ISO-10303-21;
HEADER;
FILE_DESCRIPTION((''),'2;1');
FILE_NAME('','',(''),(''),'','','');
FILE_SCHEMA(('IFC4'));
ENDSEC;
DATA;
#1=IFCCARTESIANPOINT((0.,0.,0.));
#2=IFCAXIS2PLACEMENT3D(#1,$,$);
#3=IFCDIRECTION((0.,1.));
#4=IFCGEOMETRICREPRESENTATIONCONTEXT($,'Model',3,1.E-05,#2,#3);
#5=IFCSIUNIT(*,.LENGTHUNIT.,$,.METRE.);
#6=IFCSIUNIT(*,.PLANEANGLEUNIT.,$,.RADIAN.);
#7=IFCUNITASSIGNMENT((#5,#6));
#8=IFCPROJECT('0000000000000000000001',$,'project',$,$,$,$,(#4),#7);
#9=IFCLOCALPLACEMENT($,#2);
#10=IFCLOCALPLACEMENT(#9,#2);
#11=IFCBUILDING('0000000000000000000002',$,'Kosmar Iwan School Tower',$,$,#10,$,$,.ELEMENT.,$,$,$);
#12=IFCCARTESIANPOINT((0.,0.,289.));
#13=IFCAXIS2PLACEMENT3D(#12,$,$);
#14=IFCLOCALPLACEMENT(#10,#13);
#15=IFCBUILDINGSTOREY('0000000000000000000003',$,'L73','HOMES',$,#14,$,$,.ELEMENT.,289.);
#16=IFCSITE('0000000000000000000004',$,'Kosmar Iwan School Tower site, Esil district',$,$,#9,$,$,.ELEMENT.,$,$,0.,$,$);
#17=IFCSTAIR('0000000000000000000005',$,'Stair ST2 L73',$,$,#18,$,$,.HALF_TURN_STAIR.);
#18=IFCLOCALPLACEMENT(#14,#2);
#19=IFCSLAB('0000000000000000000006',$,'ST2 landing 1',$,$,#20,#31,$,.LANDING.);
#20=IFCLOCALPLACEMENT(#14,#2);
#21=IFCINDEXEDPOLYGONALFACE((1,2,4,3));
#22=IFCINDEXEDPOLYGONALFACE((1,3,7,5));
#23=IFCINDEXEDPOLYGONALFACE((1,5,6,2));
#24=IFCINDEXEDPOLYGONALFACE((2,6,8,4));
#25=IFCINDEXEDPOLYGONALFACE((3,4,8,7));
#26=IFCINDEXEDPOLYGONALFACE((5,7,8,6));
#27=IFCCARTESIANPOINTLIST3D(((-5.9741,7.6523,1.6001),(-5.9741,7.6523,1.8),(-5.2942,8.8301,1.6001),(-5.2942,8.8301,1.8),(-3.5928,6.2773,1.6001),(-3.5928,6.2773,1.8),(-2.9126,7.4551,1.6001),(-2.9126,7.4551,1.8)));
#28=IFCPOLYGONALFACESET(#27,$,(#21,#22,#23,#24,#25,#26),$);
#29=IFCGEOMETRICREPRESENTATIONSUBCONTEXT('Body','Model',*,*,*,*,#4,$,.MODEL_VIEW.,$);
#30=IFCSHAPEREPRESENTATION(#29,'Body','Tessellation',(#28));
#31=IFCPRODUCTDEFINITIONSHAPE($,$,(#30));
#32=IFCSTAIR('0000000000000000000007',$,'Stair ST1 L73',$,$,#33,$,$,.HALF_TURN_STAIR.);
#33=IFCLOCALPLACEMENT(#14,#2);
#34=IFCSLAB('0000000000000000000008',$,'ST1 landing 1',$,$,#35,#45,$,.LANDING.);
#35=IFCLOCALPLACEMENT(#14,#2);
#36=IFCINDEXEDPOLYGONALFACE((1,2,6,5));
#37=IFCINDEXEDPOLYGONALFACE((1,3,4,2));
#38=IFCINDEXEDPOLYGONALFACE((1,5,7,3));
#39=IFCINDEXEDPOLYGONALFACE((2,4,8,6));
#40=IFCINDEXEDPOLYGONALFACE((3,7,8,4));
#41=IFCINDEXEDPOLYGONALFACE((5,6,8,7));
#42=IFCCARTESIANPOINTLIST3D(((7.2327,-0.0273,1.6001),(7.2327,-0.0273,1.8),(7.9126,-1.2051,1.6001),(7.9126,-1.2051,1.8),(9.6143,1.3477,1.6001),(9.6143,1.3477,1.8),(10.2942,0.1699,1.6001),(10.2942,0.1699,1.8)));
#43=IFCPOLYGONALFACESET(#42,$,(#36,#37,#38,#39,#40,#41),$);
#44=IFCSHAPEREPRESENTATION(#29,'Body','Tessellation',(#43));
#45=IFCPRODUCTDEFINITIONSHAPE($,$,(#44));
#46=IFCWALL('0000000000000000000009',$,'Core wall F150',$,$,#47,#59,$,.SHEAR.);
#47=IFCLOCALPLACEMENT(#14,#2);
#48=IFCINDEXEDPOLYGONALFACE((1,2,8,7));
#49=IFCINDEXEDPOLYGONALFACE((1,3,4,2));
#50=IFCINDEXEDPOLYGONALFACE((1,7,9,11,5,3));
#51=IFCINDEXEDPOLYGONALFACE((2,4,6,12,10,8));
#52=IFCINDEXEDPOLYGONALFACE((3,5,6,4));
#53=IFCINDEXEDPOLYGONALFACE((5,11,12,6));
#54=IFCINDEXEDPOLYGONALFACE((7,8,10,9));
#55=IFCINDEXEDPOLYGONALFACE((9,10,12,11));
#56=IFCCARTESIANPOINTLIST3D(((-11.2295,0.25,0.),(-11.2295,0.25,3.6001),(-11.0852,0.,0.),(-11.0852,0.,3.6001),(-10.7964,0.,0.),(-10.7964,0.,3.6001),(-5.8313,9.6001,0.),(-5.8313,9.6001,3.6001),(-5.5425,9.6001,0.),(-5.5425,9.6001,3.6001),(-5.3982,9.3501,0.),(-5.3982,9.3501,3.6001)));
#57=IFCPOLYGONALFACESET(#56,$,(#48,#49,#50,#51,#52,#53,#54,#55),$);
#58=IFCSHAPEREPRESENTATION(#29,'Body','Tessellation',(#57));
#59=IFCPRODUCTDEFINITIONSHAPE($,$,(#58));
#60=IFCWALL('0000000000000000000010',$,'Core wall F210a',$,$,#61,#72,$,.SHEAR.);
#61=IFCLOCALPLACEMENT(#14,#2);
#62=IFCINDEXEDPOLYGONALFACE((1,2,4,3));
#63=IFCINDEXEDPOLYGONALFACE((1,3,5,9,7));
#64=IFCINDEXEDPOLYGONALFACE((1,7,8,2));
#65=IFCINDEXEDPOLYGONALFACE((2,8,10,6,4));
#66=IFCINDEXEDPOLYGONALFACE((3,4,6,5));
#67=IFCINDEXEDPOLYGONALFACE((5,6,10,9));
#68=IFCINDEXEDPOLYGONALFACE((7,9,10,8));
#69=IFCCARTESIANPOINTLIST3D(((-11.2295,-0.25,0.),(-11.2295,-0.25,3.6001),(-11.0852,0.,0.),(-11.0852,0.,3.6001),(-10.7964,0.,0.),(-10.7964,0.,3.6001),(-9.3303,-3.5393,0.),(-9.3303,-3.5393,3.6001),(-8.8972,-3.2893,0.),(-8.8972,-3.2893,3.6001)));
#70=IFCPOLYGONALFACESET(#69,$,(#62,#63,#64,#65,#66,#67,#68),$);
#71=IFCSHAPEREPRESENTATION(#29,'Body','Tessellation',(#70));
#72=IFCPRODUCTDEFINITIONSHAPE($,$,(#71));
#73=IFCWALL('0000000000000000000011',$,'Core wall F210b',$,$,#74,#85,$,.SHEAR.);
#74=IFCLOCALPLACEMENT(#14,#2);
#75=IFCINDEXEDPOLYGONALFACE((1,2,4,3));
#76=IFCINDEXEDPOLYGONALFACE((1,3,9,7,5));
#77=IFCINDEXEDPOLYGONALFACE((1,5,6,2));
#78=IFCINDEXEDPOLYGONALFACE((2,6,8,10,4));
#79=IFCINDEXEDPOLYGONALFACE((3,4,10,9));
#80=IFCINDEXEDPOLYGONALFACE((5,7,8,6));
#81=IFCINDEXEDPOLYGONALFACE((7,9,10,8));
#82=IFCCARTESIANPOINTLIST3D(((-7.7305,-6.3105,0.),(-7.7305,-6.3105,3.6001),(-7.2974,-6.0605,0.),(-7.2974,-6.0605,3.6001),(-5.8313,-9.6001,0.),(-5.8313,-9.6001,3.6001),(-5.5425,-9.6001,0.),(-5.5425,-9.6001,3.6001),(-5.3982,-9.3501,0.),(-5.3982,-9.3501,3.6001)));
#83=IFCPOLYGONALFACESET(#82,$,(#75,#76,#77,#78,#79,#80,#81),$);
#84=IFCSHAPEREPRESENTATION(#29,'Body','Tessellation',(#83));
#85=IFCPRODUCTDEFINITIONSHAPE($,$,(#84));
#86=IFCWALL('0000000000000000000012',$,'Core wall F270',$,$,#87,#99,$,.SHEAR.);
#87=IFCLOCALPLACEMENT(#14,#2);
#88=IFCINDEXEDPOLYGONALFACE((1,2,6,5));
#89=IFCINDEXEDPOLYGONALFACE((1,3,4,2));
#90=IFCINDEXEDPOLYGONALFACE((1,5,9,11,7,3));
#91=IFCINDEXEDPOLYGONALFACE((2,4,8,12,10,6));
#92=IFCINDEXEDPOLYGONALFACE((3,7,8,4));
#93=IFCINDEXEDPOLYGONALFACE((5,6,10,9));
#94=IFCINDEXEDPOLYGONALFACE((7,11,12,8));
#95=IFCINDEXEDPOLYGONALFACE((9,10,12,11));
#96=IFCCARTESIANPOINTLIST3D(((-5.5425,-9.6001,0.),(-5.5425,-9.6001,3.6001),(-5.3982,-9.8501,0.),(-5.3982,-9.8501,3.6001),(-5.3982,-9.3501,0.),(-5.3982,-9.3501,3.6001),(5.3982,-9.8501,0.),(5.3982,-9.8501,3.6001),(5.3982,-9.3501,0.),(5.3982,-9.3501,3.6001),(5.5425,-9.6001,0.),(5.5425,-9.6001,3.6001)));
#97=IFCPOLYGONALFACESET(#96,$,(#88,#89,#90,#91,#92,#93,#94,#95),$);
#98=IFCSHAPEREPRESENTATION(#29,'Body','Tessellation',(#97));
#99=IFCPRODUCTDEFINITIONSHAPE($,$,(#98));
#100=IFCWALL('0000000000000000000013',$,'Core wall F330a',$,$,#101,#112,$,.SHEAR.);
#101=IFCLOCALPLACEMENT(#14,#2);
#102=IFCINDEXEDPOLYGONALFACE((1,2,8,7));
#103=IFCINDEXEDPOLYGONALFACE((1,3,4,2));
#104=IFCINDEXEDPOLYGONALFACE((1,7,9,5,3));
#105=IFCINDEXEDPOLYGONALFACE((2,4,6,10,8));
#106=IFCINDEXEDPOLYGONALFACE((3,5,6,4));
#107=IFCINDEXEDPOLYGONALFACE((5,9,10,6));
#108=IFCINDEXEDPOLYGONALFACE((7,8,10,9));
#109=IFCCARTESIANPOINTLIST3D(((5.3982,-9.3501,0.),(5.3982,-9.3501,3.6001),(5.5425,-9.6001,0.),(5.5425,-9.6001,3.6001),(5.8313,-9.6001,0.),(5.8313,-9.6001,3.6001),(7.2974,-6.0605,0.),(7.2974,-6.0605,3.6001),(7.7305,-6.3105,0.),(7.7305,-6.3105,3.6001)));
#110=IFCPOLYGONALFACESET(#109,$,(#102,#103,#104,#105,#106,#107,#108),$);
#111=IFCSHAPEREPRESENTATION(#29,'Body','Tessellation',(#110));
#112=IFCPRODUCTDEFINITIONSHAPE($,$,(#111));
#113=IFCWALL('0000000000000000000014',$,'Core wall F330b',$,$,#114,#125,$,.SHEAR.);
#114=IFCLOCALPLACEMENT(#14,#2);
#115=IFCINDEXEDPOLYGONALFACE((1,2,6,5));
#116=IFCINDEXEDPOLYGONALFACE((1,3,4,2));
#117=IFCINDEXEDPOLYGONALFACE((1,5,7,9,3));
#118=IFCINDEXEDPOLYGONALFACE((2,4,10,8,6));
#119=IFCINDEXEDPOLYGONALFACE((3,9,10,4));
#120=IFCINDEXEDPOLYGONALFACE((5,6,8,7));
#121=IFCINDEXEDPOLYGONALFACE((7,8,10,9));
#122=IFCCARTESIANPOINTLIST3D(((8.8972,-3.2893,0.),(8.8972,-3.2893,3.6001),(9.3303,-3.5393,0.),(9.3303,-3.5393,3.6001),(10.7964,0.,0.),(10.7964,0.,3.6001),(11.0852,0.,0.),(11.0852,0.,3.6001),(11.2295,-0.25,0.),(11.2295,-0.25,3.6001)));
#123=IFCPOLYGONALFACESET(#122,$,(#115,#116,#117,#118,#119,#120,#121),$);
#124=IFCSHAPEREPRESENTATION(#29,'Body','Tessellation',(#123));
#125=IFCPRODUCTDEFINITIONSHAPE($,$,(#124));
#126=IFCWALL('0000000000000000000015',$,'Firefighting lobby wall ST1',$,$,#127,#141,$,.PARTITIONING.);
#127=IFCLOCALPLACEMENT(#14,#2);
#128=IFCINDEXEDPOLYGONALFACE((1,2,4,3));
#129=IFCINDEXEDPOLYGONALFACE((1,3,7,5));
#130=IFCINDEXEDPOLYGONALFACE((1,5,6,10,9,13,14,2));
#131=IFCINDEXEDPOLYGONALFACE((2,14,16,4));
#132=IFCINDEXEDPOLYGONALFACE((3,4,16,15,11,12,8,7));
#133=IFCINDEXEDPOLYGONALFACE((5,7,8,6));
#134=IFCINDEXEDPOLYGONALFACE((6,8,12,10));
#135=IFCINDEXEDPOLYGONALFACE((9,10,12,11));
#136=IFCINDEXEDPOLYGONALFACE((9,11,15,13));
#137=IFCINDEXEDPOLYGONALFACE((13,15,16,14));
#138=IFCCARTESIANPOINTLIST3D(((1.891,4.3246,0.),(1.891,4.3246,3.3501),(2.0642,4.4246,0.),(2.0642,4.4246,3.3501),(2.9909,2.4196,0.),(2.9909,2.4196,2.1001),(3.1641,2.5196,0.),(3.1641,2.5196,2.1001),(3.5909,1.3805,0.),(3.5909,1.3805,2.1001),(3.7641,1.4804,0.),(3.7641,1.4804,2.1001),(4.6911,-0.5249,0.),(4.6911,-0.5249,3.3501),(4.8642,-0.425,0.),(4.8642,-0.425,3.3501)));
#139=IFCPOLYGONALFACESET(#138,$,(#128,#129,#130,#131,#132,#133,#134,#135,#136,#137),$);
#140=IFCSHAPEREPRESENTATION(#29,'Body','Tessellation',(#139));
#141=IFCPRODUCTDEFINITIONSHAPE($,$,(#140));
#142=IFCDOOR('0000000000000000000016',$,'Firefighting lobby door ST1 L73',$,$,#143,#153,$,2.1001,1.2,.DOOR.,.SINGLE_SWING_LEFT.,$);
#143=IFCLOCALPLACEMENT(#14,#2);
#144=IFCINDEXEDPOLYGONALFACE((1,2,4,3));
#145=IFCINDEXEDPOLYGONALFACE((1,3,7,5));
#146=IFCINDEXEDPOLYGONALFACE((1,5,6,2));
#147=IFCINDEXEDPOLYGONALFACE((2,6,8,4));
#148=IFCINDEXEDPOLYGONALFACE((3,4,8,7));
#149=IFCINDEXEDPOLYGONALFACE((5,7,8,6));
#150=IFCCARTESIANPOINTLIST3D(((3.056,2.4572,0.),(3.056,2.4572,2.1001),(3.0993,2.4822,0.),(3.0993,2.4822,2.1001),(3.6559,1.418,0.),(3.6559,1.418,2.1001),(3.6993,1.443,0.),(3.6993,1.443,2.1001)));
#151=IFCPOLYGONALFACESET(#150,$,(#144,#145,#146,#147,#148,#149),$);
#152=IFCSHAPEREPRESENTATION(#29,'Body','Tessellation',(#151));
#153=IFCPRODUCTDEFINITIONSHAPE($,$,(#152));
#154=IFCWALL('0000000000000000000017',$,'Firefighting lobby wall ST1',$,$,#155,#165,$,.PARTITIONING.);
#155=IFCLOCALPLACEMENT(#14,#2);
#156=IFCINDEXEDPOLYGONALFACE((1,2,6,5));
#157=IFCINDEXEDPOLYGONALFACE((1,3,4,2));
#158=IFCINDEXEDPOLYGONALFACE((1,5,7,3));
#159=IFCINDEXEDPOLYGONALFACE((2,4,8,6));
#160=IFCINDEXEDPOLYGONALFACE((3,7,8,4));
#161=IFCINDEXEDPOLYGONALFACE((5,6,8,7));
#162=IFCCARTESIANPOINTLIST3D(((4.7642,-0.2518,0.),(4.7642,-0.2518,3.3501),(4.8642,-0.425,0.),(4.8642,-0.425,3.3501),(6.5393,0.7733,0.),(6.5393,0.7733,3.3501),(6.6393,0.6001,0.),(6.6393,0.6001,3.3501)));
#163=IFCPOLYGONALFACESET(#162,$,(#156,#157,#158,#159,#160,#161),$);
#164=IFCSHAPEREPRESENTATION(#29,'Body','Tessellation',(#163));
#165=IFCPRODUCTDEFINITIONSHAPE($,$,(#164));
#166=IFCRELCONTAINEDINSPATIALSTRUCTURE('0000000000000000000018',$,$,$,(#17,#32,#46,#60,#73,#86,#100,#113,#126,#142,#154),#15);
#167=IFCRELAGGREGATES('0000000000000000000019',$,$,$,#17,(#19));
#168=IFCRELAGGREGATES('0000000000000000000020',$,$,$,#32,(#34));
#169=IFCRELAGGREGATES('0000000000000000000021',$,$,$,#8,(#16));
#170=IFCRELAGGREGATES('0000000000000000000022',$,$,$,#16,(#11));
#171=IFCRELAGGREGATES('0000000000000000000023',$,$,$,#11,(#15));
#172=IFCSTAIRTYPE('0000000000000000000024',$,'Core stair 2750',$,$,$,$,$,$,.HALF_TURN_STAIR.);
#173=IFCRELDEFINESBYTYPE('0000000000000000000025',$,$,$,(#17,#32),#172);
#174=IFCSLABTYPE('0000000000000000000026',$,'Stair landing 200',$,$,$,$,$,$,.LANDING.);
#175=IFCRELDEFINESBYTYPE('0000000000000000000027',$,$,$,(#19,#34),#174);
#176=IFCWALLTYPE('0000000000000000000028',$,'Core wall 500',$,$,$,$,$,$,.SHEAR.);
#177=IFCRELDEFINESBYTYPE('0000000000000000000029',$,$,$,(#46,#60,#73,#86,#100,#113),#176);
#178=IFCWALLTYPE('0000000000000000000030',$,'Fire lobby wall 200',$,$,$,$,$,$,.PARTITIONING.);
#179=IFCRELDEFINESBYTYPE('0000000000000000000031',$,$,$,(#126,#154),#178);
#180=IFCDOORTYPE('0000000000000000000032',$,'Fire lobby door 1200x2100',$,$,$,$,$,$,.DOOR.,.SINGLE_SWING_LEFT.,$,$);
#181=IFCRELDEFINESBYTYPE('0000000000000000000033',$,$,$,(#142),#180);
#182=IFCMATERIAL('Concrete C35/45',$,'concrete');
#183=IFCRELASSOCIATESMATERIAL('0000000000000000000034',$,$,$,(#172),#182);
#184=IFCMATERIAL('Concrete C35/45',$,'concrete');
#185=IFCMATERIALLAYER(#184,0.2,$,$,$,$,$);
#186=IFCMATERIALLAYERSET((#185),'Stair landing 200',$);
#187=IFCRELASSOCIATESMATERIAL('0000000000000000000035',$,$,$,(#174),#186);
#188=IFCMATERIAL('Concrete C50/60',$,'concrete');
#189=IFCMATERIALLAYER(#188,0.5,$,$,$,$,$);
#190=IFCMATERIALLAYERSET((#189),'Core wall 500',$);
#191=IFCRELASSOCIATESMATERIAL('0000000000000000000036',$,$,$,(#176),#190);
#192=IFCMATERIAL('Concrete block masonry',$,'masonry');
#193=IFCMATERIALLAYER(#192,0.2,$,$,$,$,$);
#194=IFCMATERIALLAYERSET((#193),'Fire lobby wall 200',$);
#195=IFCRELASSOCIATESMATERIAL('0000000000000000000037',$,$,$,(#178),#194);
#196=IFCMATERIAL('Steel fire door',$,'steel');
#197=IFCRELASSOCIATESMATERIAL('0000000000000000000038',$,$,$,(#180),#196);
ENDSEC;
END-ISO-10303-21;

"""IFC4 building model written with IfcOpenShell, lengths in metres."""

from ifc_helpers import new_model, si_unit, direction, frame, frame_2d, origin, place, context, subcontext, project, spatial, polyline, rectangle, outline, extrude, material, layer, layer_set, type_object, element, fill, aggregate, save


model = new_model("IFC4")

# Units and contexts
model_context = context("Model", 3, precision=1e-05, world=origin(), true_north=direction((0.0, 1.0)))
body_context = subcontext(model_context, "Body", "Model", "MODEL_VIEW")
ifc_project = project(units=[si_unit("LENGTHUNIT", "METRE"), si_unit("PLANEANGLEUNIT", "RADIAN")], contexts=[model_context])

# Site, building, storey
site_placement = place(None, origin())
site = spatial("IfcSite", under=ifc_project, at=site_placement, Name="Kosmar Iwan School Tower site, Esil district", CompositionType="ELEMENT", RefElevation=0.0)
building_placement = place(site_placement, origin())
building = spatial("IfcBuilding", under=site, at=building_placement, Name="Kosmar Iwan School Tower", CompositionType="ELEMENT")
storey_placement = place(building_placement, frame((0.0, 0.0, 289.0)))
storey = spatial("IfcBuildingStorey", under=building, at=storey_placement, Name="L73", Description="HOMES", CompositionType="ELEMENT", Elevation=289.0)

# Stairs, slabs
ifc_material_1 = material(Name="Concrete C35/45", Category="concrete")
stair_type = type_object("IfcStairType", Name="Core stair 2750", PredefinedType="HALF_TURN_STAIR", material=ifc_material_1)
stair_1_placement = place(storey_placement, origin())
stair_1 = element("IfcStair", 1, at=stair_1_placement, inside=storey, type_object=stair_type, Name="Stair ST2 L73", PredefinedType="HALF_TURN_STAIR")
ifc_material_2 = material(Name="Concrete C35/45", Category="concrete")
ifc_layer_1 = layer(ifc_material_2, 0.2)
ifc_layer_set_1 = layer_set([ifc_layer_1], Name="Stair landing 200")
slab_type = type_object("IfcSlabType", Name="Stair landing 200", PredefinedType="LANDING", material=ifc_layer_set_1)
slab_1_placement = place(storey_placement, frame((0.0, 0.0, 1.6001)))
slab_1 = element("IfcSlab", 2, at=slab_1_placement, type_object=slab_type, Name="ST2 landing 1", PredefinedType="LANDING", context=body_context, shape_type="SweptSolid", body=[
    extrude(outline(polyline([(-2.9126, 7.4551), (-5.2942, 8.8301), (-5.9741, 7.6523), (-3.5928, 6.2773), (-2.9126, 7.4551)])), origin(), (0.0, 0.0, 1.0), 0.2),
])
aggregate(stair_1, [slab_1])
stair_2_placement = place(storey_placement, origin())
stair_2 = element("IfcStair", 3, at=stair_2_placement, inside=storey, type_object=stair_type, Name="Stair ST1 L73", PredefinedType="HALF_TURN_STAIR")
slab_2_placement = place(storey_placement, frame((0.0, 0.0, 1.6001)))
slab_2 = element("IfcSlab", 4, at=slab_2_placement, type_object=slab_type, Name="ST1 landing 1", PredefinedType="LANDING", context=body_context, shape_type="SweptSolid", body=[
    extrude(outline(polyline([(7.9126, -1.2051), (10.2942, 0.1699), (9.6143, 1.3477), (7.2327, -0.0273), (7.9126, -1.2051)])), origin(), (0.0, 0.0, 1.0), 0.2),
])
aggregate(stair_2, [slab_2])

# Walls
ifc_material_3 = material(Name="Concrete C50/60", Category="concrete")
ifc_layer_2 = layer(ifc_material_3, 0.5)
ifc_layer_set_2 = layer_set([ifc_layer_2], Name="Core wall 500")
wall_type_1 = type_object("IfcWallType", Name="Core wall 500", PredefinedType="SHEAR", material=ifc_layer_set_2)
wall_1_placement = place(storey_placement, origin())
element("IfcWall", 5, at=wall_1_placement, inside=storey, type_object=wall_type_1, Name="Core wall F150", PredefinedType="SHEAR", context=body_context, shape_type="SweptSolid", body=[
    extrude(outline(polyline([(-11.0852, 0.0), (-10.7964, 0.0), (-5.3982, 9.3501), (-5.5425, 9.6001), (-5.8313, 9.6001), (-11.2295, 0.25), (-11.0852, 0.0)])), origin(), (0.0, 0.0, 1.0), 3.6001),
])
wall_2_placement = place(storey_placement, origin())
element("IfcWall", 6, at=wall_2_placement, inside=storey, type_object=wall_type_1, Name="Core wall F210a", PredefinedType="SHEAR", context=body_context, shape_type="SweptSolid", body=[
    extrude(outline(polyline([(-9.3303, -3.5393), (-8.8972, -3.2893), (-10.7964, 0.0), (-11.0852, 0.0), (-11.2295, -0.25), (-9.3303, -3.5393)])), origin(), (0.0, 0.0, 1.0), 3.6001),
])
wall_3_placement = place(storey_placement, origin())
element("IfcWall", 7, at=wall_3_placement, inside=storey, type_object=wall_type_1, Name="Core wall F210b", PredefinedType="SHEAR", context=body_context, shape_type="SweptSolid", body=[
    extrude(outline(polyline([(-5.8313, -9.6001), (-5.5425, -9.6001), (-5.3982, -9.3501), (-7.2974, -6.0605), (-7.7305, -6.3105), (-5.8313, -9.6001)])), origin(), (0.0, 0.0, 1.0), 3.6001),
])
wall_4_placement = place(storey_placement, origin())
element("IfcWall", 8, at=wall_4_placement, inside=storey, type_object=wall_type_1, Name="Core wall F270", PredefinedType="SHEAR", context=body_context, shape_type="SweptSolid", body=[
    extrude(outline(polyline([(-5.3982, -9.8501), (5.3982, -9.8501), (5.5425, -9.6001), (5.3982, -9.3501), (-5.3982, -9.3501), (-5.5425, -9.6001), (-5.3982, -9.8501)])), origin(), (0.0, 0.0, 1.0), 3.6001),
])
wall_5_placement = place(storey_placement, origin())
element("IfcWall", 9, at=wall_5_placement, inside=storey, type_object=wall_type_1, Name="Core wall F330a", PredefinedType="SHEAR", context=body_context, shape_type="SweptSolid", body=[
    extrude(outline(polyline([(5.5425, -9.6001), (5.8313, -9.6001), (7.7305, -6.3105), (7.2974, -6.0605), (5.3982, -9.3501), (5.5425, -9.6001)])), origin(), (0.0, 0.0, 1.0), 3.6001),
])
wall_6_placement = place(storey_placement, origin())
element("IfcWall", 10, at=wall_6_placement, inside=storey, type_object=wall_type_1, Name="Core wall F330b", PredefinedType="SHEAR", context=body_context, shape_type="SweptSolid", body=[
    extrude(outline(polyline([(9.3303, -3.5393), (11.2295, -0.25), (11.0852, 0.0), (10.7964, 0.0), (8.8972, -3.2893), (9.3303, -3.5393)])), origin(), (0.0, 0.0, 1.0), 3.6001),
])

# Wall, opening, door
ifc_material_4 = material(Name="Concrete block masonry", Category="masonry")
ifc_layer_3 = layer(ifc_material_4, 0.2)
ifc_layer_set_3 = layer_set([ifc_layer_3], Name="Fire lobby wall 200")
wall_type_2 = type_object("IfcWallType", Name="Fire lobby wall 200", PredefinedType="PARTITIONING", material=ifc_layer_set_3)
wall_7_placement = place(storey_placement, frame((4.7776, -0.4749, 0.0), z_axis=(0.0, 0.0, 1.0), x_axis=(-0.500017, 0.866016, 0.0)))
wall_7 = element("IfcWall", 11, at=wall_7_placement, inside=storey, type_object=wall_type_2, Name="Firefighting lobby wall ST1", PredefinedType="PARTITIONING", context=body_context, shape_type="SweptSolid", body=[
    extrude(rectangle(XDim=5.5999, YDim=0.2, at=frame_2d((2.7998, 0.0))), origin(), (0.0, 0.0, 1.0), 3.3501),
])
opening_placement = place(wall_7_placement, frame((2.2, 0.0, 0.0)))
opening = element("IfcOpeningElement", 12, at=opening_placement, cuts=wall_7, PredefinedType="OPENING", context=body_context, shape_type="SweptSolid", body=[
    extrude(rectangle(XDim=1.2, YDim=2.1001, at=frame_2d((0.6001, 1.05))), frame((0.0, 0.1121, 0.0), z_axis=(0.0, -1.0, 0.0), x_axis=(1.0, 0.0, 0.0)), (0.0, 0.0, 1.0), 0.2239),
])
ifc_material_5 = material(Name="Steel fire door", Category="steel")
door_type = type_object("IfcDoorType", Name="Fire lobby door 1200x2100", OperationType="SINGLE_SWING_LEFT", PredefinedType="DOOR", material=ifc_material_5)
door_placement = place(opening_placement, origin())
door = element("IfcDoor", 13, at=door_placement, inside=storey, type_object=door_type, Name="Firefighting lobby door ST1 L73", OperationType="SINGLE_SWING_LEFT", OverallHeight=2.1001, OverallWidth=1.2, PredefinedType="DOOR", context=body_context, shape_type="SweptSolid", body=[
    extrude(rectangle(XDim=1.2, YDim=2.1001, at=frame_2d((0.6001, 1.05))), frame((0.0, 0.0249, 0.0), z_axis=(0.0, -1.0, 0.0), x_axis=(1.0, 0.0, 0.0)), (0.0, 0.0, 1.0), 0.05),
])
fill(opening, door)

# Wall
wall_8_placement = place(storey_placement, frame((4.8142, -0.3384, 0.0), z_axis=(0.0, 0.0, 1.0), x_axis=(0.865969, 0.500097, 0.0)))
element("IfcWall", 14, at=wall_8_placement, inside=storey, type_object=wall_type_2, Name="Firefighting lobby wall ST1", PredefinedType="PARTITIONING", context=body_context, shape_type="SweptSolid", body=[
    extrude(rectangle(XDim=2.0498, YDim=0.2, at=frame_2d((1.0249, 0.0))), origin(), (0.0, 0.0, 1.0), 3.3501),
])

save(model, "model.ifc")
